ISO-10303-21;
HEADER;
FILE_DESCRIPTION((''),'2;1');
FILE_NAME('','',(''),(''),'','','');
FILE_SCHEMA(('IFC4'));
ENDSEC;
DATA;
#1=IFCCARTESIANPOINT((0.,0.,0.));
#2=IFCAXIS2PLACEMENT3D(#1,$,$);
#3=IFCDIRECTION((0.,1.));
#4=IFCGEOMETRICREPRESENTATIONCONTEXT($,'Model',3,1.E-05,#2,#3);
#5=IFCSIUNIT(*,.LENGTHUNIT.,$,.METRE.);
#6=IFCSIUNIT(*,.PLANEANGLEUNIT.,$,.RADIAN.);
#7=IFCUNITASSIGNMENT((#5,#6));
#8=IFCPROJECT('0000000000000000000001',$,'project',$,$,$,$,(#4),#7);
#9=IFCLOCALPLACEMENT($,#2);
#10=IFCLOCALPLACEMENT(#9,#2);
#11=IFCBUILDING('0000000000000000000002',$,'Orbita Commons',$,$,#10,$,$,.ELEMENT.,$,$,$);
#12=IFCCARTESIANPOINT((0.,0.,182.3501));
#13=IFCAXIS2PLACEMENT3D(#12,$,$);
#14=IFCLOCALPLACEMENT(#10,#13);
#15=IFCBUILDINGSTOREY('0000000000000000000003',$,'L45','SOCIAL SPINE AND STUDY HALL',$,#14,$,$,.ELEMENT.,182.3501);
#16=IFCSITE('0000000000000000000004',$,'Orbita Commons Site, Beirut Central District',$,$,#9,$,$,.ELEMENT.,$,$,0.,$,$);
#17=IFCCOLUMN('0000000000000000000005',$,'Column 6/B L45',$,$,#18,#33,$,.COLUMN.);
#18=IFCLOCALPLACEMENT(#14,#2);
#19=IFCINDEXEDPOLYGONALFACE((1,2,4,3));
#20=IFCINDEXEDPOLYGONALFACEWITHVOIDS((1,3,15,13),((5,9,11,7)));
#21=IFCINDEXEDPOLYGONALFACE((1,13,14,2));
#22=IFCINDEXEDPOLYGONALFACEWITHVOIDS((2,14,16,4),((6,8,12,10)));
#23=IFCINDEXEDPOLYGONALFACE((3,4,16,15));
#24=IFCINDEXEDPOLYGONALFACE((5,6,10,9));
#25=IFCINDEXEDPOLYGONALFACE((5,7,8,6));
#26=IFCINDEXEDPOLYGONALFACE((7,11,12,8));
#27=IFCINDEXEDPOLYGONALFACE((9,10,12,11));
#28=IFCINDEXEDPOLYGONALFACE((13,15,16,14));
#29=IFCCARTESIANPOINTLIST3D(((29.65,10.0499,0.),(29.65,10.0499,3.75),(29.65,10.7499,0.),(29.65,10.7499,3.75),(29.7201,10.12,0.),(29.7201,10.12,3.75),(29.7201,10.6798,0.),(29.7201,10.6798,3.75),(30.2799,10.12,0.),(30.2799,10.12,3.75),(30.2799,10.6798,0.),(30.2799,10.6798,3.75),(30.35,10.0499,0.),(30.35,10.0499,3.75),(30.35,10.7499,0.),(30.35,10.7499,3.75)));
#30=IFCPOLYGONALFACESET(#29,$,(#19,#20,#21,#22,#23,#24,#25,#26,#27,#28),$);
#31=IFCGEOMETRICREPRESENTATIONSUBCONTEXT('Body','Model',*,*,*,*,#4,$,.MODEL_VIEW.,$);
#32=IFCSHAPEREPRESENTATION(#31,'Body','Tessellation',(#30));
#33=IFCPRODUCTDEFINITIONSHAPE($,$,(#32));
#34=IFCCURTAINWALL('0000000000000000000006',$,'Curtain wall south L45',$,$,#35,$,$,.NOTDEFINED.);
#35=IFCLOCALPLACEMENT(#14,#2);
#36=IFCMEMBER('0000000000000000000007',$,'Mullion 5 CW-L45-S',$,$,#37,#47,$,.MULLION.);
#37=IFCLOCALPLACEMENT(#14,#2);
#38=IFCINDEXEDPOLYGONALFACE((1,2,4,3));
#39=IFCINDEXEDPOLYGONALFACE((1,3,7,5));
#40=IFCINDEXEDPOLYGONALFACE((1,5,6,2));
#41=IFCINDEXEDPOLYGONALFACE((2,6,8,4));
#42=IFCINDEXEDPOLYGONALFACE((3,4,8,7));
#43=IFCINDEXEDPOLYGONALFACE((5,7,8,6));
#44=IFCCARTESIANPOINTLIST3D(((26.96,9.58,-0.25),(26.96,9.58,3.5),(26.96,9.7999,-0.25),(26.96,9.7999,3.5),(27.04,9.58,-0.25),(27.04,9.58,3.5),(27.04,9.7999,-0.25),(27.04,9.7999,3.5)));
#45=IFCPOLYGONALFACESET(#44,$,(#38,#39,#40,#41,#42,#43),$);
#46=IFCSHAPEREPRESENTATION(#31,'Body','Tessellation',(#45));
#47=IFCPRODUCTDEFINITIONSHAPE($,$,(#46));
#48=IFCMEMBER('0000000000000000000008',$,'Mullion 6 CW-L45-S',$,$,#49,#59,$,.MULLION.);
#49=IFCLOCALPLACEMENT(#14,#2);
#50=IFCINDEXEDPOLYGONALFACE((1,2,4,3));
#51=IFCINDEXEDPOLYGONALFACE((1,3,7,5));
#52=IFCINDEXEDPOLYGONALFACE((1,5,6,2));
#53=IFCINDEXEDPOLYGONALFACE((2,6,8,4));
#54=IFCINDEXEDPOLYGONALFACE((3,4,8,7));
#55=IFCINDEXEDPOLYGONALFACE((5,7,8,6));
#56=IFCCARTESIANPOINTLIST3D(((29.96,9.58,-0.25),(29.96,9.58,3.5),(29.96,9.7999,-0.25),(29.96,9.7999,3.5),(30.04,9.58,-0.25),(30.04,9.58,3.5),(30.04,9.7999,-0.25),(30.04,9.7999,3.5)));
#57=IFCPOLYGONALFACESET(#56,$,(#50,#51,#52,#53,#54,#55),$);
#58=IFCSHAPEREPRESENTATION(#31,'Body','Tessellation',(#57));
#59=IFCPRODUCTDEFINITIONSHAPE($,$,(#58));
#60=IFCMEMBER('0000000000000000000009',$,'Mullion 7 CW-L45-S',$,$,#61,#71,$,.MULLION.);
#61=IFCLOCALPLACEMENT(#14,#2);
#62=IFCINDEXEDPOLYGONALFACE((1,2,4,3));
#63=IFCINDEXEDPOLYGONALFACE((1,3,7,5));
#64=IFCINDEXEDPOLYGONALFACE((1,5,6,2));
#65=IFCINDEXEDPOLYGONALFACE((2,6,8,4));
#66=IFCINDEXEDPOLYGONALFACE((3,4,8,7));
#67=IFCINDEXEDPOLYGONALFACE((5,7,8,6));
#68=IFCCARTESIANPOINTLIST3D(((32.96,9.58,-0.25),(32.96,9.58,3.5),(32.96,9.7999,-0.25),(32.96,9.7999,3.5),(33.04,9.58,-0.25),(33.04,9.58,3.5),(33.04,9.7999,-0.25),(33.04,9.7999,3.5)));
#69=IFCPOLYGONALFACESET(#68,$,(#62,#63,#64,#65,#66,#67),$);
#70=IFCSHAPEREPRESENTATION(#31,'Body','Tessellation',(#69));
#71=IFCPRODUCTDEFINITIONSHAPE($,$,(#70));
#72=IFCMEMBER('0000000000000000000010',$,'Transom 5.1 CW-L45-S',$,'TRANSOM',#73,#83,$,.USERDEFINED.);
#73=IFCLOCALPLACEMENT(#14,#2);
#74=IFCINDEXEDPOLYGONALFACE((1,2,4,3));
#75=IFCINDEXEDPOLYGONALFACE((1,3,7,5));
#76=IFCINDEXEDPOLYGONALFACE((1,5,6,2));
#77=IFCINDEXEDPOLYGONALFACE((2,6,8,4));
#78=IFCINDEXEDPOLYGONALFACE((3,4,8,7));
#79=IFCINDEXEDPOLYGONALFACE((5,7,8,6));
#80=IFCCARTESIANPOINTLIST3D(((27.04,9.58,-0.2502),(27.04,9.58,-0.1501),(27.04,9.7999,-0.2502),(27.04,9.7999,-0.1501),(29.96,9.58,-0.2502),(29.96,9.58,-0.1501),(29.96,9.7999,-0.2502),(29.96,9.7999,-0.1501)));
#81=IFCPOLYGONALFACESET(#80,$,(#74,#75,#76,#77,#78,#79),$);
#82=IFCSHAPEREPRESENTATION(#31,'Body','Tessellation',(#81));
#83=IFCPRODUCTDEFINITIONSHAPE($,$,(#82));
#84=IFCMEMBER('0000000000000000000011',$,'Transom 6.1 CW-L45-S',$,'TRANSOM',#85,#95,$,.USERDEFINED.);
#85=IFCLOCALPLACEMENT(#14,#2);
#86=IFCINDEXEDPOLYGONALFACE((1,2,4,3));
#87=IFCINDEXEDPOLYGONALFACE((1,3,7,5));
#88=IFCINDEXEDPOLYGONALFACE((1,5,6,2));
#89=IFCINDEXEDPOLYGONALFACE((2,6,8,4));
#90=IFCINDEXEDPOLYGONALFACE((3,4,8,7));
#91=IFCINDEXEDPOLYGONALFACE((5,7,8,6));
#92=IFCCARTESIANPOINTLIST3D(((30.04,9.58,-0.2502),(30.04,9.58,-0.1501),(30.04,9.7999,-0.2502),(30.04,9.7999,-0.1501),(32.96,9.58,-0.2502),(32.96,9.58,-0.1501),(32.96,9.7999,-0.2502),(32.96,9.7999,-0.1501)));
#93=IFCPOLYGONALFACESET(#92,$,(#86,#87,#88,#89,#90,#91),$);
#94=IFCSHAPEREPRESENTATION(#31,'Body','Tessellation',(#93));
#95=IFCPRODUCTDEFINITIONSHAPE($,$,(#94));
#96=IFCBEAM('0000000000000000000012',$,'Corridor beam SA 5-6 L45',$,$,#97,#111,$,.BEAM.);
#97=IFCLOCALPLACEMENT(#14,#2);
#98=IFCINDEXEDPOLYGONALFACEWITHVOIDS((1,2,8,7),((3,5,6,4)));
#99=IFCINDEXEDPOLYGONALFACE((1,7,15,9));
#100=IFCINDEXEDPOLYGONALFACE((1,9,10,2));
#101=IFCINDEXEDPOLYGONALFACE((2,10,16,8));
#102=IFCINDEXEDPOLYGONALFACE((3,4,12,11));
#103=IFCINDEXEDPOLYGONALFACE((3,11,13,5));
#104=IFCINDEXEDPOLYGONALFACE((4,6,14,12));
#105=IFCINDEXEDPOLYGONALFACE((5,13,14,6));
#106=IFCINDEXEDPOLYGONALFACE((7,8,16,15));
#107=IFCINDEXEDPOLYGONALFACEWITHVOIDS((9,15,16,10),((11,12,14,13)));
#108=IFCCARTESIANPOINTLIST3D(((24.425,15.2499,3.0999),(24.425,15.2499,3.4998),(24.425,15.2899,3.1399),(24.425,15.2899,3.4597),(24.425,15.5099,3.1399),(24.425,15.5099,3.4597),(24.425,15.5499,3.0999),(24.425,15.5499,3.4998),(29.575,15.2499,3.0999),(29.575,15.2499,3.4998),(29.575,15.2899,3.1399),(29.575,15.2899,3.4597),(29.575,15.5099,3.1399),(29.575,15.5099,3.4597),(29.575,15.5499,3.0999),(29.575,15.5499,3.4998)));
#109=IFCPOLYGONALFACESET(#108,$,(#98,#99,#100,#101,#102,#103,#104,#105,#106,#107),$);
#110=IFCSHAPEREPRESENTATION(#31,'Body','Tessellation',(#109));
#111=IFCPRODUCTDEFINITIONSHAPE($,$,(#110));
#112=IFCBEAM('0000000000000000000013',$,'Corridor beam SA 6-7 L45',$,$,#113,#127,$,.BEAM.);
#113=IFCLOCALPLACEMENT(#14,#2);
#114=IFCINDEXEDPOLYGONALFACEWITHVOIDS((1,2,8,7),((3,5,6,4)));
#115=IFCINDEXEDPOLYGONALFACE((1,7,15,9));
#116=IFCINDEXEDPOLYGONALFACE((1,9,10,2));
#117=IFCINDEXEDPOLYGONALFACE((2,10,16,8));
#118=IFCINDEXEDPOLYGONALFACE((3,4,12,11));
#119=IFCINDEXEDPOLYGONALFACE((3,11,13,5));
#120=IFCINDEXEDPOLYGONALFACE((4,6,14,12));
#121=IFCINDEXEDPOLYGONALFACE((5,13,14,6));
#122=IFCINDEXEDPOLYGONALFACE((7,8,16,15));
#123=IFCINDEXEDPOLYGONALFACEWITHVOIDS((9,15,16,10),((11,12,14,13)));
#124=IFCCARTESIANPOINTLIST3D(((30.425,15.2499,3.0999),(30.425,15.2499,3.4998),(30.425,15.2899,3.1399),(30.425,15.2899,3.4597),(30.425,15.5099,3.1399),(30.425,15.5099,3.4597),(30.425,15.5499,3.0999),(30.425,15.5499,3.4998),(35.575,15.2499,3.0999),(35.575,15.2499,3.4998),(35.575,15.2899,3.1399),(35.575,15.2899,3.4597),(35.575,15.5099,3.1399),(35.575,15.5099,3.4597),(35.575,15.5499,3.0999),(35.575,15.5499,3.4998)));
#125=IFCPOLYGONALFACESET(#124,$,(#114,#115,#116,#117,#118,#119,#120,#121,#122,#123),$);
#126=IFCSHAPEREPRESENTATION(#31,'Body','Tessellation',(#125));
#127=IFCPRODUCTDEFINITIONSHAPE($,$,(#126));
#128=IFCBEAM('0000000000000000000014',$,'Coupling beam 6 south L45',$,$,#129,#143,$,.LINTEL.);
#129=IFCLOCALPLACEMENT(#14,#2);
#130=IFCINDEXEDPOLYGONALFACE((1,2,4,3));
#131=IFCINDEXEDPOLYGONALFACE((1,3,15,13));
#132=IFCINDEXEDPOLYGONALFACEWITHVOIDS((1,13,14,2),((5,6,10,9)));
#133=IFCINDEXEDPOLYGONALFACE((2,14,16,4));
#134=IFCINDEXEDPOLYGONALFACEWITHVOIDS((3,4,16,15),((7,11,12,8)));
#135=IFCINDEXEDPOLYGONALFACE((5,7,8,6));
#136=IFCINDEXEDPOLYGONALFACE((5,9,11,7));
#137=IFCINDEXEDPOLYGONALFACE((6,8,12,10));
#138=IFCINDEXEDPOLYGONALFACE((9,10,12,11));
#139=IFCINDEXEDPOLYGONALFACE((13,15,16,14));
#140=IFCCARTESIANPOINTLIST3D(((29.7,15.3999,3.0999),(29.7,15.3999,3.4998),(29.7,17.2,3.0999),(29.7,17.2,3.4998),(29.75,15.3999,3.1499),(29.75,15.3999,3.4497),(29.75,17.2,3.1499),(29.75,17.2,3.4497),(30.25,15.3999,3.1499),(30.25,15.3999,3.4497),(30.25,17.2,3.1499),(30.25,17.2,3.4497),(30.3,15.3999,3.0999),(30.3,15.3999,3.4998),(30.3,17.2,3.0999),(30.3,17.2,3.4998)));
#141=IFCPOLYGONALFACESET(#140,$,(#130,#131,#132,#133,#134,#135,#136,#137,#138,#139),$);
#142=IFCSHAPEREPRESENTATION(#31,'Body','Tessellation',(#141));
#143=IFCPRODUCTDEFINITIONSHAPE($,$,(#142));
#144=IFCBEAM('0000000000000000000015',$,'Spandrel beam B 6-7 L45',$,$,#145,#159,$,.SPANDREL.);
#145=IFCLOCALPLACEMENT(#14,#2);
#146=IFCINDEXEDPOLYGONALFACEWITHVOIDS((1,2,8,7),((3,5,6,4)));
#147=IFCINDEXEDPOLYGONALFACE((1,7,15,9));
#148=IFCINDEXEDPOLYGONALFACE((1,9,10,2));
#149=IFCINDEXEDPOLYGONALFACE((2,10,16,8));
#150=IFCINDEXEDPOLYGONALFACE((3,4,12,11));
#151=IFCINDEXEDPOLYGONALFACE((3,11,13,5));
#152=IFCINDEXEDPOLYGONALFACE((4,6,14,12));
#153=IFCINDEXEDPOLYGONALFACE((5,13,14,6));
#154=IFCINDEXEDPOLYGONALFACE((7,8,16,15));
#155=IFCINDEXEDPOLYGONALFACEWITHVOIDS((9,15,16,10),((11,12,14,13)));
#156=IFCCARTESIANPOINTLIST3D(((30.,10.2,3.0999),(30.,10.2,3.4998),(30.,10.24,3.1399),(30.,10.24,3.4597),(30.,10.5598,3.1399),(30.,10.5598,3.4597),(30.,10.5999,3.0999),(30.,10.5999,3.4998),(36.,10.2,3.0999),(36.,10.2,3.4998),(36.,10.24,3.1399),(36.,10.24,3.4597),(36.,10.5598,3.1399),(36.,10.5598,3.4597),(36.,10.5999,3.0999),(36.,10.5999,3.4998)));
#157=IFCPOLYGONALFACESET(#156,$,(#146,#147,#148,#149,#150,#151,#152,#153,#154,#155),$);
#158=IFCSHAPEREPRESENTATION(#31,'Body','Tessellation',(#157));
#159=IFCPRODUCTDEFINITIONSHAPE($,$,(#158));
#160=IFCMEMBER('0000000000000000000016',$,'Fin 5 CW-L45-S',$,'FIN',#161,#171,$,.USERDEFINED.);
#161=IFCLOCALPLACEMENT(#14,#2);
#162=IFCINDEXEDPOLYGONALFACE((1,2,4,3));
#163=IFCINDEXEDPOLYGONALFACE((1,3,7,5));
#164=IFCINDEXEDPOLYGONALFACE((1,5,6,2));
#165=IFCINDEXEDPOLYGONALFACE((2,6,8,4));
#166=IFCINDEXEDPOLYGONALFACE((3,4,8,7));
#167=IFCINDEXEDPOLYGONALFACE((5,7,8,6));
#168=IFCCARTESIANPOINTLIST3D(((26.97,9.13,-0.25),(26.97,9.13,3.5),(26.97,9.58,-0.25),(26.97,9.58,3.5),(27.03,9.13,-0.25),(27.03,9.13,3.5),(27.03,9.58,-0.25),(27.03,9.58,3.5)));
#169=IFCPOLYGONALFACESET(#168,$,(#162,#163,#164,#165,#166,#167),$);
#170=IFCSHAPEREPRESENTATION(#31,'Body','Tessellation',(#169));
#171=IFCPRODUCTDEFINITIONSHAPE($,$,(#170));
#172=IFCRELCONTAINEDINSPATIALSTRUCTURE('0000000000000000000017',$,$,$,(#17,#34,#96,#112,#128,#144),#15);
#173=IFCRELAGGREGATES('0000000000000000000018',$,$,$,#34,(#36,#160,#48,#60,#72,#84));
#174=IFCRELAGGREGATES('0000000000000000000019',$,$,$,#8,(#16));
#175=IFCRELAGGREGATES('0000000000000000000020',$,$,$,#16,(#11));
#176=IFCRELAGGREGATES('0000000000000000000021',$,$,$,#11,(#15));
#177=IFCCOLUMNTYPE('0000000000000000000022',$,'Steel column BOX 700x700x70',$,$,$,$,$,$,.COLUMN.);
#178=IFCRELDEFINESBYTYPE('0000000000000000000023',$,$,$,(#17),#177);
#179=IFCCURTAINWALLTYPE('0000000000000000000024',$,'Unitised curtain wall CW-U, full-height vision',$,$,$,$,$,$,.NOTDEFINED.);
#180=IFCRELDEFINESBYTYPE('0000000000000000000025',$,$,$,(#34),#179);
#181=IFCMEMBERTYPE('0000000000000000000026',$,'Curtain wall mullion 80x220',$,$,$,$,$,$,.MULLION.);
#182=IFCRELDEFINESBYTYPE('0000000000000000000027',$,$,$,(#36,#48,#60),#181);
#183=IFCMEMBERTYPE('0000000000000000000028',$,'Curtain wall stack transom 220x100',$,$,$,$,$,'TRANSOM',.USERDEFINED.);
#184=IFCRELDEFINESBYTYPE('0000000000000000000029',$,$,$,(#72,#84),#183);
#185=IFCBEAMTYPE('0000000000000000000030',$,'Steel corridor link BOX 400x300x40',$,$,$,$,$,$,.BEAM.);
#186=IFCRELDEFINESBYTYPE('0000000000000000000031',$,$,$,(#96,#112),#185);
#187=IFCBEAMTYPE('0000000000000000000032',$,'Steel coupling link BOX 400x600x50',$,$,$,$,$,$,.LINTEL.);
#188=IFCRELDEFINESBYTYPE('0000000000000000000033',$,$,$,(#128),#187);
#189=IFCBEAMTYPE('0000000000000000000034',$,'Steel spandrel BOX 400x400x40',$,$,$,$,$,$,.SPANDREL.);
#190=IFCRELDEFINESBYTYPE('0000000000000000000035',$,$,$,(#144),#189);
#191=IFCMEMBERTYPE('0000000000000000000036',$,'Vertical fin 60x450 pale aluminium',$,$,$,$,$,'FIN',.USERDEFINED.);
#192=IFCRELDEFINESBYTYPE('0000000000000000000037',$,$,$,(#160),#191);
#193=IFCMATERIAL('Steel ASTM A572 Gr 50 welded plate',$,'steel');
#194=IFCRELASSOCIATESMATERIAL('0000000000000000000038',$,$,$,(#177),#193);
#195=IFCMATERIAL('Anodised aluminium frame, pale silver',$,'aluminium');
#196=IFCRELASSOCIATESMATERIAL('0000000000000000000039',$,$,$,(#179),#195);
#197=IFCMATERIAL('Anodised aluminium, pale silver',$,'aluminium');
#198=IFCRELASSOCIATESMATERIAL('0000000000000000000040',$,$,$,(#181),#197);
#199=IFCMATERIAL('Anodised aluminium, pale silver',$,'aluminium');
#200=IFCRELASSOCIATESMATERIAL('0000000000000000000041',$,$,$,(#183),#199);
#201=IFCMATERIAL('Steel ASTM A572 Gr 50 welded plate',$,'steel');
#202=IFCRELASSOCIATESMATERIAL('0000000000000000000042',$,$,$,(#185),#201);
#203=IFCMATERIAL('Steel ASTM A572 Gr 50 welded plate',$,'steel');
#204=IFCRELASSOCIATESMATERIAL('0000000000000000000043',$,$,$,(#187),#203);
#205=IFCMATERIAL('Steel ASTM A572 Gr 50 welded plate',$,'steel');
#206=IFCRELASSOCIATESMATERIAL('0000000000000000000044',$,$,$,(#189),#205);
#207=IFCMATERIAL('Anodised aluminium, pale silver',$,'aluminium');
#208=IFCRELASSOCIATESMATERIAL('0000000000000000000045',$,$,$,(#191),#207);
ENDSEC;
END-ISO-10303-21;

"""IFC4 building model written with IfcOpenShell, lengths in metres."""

from ifc_helpers import new_model, si_unit, direction, frame, origin, origin_2d, place, context, subcontext, project, spatial, rectangle, hollow_rectangle, extrude, material, material_profile, profile_set, type_object, element, aggregate, save


model = new_model("IFC4")

# Units and contexts
model_context = context("Model", 3, precision=1e-05, world=origin(), true_north=direction((0.0, 1.0)))
body_context = subcontext(model_context, "Body", "Model", "MODEL_VIEW")
ifc_project = project(units=[si_unit("LENGTHUNIT", "METRE"), si_unit("PLANEANGLEUNIT", "RADIAN")], contexts=[model_context])

# Site, building, storey
site_placement = place(None, origin())
site = spatial("IfcSite", under=ifc_project, at=site_placement, Name="Orbita Commons Site, Beirut Central District", CompositionType="ELEMENT", RefElevation=0.0)
building_placement = place(site_placement, origin())
building = spatial("IfcBuilding", under=site, at=building_placement, Name="Orbita Commons", CompositionType="ELEMENT")
storey_placement = place(building_placement, frame((0.0, 0.0, 182.3501)))
storey = spatial("IfcBuildingStorey", under=building, at=storey_placement, Name="L45", Description="SOCIAL SPINE AND STUDY HALL", CompositionType="ELEMENT", Elevation=182.3501)

# Column
ifc_material_1 = material(Name="Steel ASTM A572 Gr 50 welded plate", Category="steel")
ifc_material_profile_1 = material_profile(ifc_material_1, hollow_rectangle(XDim=0.7, YDim=0.7, WallThickness=0.0701, at=origin_2d()), Name="BOX 700x700x70")
ifc_profile_set_1 = profile_set([ifc_material_profile_1], Name="Steel ASTM A572 Gr 50 welded plate")
column_type = type_object("IfcColumnType", Name="Steel column BOX 700x700x70", PredefinedType="COLUMN", material=ifc_profile_set_1)
column_placement = place(storey_placement, frame((30.0, 10.3999, 0.0), z_axis=(0.0, 0.0, 1.0), x_axis=(1.0, 0.0, 0.0)))
element("IfcColumn", 1, at=column_placement, inside=storey, type_object=column_type, Name="Column 6/B L45", PredefinedType="COLUMN", context=body_context, shape_type="SweptSolid", body=[
    extrude(hollow_rectangle(XDim=0.7, YDim=0.7, WallThickness=0.0701, at=origin_2d()), origin(), (0.0, 0.0, 1.0), 3.75),
])

# Curtain wall, members
ifc_material_2 = material(Name="Anodised aluminium frame, pale silver", Category="aluminium")
curtain_wall_type = type_object("IfcCurtainWallType", Name="Unitised curtain wall CW-U, full-height vision", PredefinedType="NOTDEFINED", material=ifc_material_2)
curtain_wall_placement = place(storey_placement, origin())
curtain_wall = element("IfcCurtainWall", 2, at=curtain_wall_placement, inside=storey, type_object=curtain_wall_type, Name="Curtain wall south L45", PredefinedType="NOTDEFINED")
ifc_material_3 = material(Name="Anodised aluminium, pale silver", Category="aluminium")
ifc_material_profile_2 = material_profile(ifc_material_3, rectangle(XDim=0.0801, YDim=0.22, at=origin_2d()), Name="AL 80x220")
ifc_profile_set_2 = profile_set([ifc_material_profile_2], Name="Anodised aluminium, pale silver")
member_type_1 = type_object("IfcMemberType", Name="Curtain wall mullion 80x220", PredefinedType="MULLION", material=ifc_profile_set_2)
member_1_placement = place(storey_placement, frame((27.0, 9.6899, -0.25), z_axis=(0.0, 0.0, 1.0), x_axis=(1.0, 0.0, 0.0)))
member_1 = element("IfcMember", 3, at=member_1_placement, type_object=member_type_1, Name="Mullion 5 CW-L45-S", PredefinedType="MULLION", context=body_context, shape_type="SweptSolid", body=[
    extrude(rectangle(XDim=0.0801, YDim=0.22, at=origin_2d()), origin(), (0.0, 0.0, 1.0), 3.75),
])
member_2_placement = place(storey_placement, frame((30.0, 9.6899, -0.25), z_axis=(0.0, 0.0, 1.0), x_axis=(1.0, 0.0, 0.0)))
member_2 = element("IfcMember", 4, at=member_2_placement, type_object=member_type_1, Name="Mullion 6 CW-L45-S", PredefinedType="MULLION", context=body_context, shape_type="SweptSolid", body=[
    extrude(rectangle(XDim=0.0801, YDim=0.22, at=origin_2d()), origin(), (0.0, 0.0, 1.0), 3.75),
])
member_3_placement = place(storey_placement, frame((33.0, 9.6899, -0.25), z_axis=(0.0, 0.0, 1.0), x_axis=(1.0, 0.0, 0.0)))
member_3 = element("IfcMember", 5, at=member_3_placement, type_object=member_type_1, Name="Mullion 7 CW-L45-S", PredefinedType="MULLION", context=body_context, shape_type="SweptSolid", body=[
    extrude(rectangle(XDim=0.0801, YDim=0.22, at=origin_2d()), origin(), (0.0, 0.0, 1.0), 3.75),
])
ifc_material_4 = material(Name="Anodised aluminium, pale silver", Category="aluminium")
ifc_material_profile_3 = material_profile(ifc_material_4, rectangle(XDim=0.22, YDim=0.1001, at=origin_2d()), Name="AL 220x100")
ifc_profile_set_3 = profile_set([ifc_material_profile_3], Name="Anodised aluminium, pale silver")
member_type_2 = type_object("IfcMemberType", Name="Curtain wall stack transom 220x100", ElementType="TRANSOM", PredefinedType="USERDEFINED", material=ifc_profile_set_3)
member_4_placement = place(storey_placement, frame((27.04, 9.6899, -0.2002), z_axis=(1.0, 0.0, 0.0), x_axis=(0.0, 1.0, 0.0)))
member_4 = element("IfcMember", 6, at=member_4_placement, type_object=member_type_2, Name="Transom 5.1 CW-L45-S", ObjectType="TRANSOM", PredefinedType="USERDEFINED", context=body_context, shape_type="SweptSolid", body=[
    extrude(rectangle(XDim=0.22, YDim=0.1001, at=origin_2d()), origin(), (0.0, 0.0, 1.0), 2.9199),
])
member_5_placement = place(storey_placement, frame((30.04, 9.6899, -0.2002), z_axis=(1.0, 0.0, 0.0), x_axis=(0.0, 1.0, 0.0)))
member_5 = element("IfcMember", 7, at=member_5_placement, type_object=member_type_2, Name="Transom 6.1 CW-L45-S", ObjectType="TRANSOM", PredefinedType="USERDEFINED", context=body_context, shape_type="SweptSolid", body=[
    extrude(rectangle(XDim=0.22, YDim=0.1001, at=origin_2d()), origin(), (0.0, 0.0, 1.0), 2.9199),
])

# Beams
ifc_material_5 = material(Name="Steel ASTM A572 Gr 50 welded plate", Category="steel")
ifc_material_profile_4 = material_profile(ifc_material_5, hollow_rectangle(XDim=0.3, YDim=0.3999, WallThickness=0.04, at=origin_2d()), Name="BOX 400x300x40")
ifc_profile_set_4 = profile_set([ifc_material_profile_4], Name="Steel ASTM A572 Gr 50 welded plate")
beam_type_1 = type_object("IfcBeamType", Name="Steel corridor link BOX 400x300x40", PredefinedType="BEAM", material=ifc_profile_set_4)
for number, where, z_axis, x_axis, name in (
    (8, (24.425, 15.3999, 3.2998), (1.0, 0.0, 0.0), (0.0, 1.0, 0.0), "Corridor beam SA 5-6 L45"),
    (9, (30.425, 15.3999, 3.2998), (1.0, 0.0, 0.0), (0.0, 1.0, 0.0), "Corridor beam SA 6-7 L45"),
):
    element("IfcBeam", number, at=place(storey_placement, frame(where, z_axis=z_axis, x_axis=x_axis)), inside=storey, type_object=beam_type_1, Name=name, PredefinedType="BEAM", context=body_context, shape_type="SweptSolid", body=[
        extrude(hollow_rectangle(XDim=0.3, YDim=0.3999, WallThickness=0.04, at=origin_2d()), origin(), (0.0, 0.0, 1.0), 5.1499),
    ])
ifc_material_6 = material(Name="Steel ASTM A572 Gr 50 welded plate", Category="steel")
ifc_material_profile_5 = material_profile(ifc_material_6, hollow_rectangle(XDim=0.6001, YDim=0.3999, WallThickness=0.05, at=origin_2d()), Name="BOX 400x600x50")
ifc_profile_set_5 = profile_set([ifc_material_profile_5], Name="Steel ASTM A572 Gr 50 welded plate")
beam_type_2 = type_object("IfcBeamType", Name="Steel coupling link BOX 400x600x50", PredefinedType="LINTEL", material=ifc_profile_set_5)
beam_1_placement = place(storey_placement, frame((30.0, 15.3999, 3.2998), z_axis=(0.0, 1.0, 0.0), x_axis=(-1.0, 0.0, 0.0)))
element("IfcBeam", 10, at=beam_1_placement, inside=storey, type_object=beam_type_2, Name="Coupling beam 6 south L45", PredefinedType="LINTEL", context=body_context, shape_type="SweptSolid", body=[
    extrude(hollow_rectangle(XDim=0.6001, YDim=0.3999, WallThickness=0.05, at=origin_2d()), origin(), (0.0, 0.0, 1.0), 1.8),
])
ifc_material_7 = material(Name="Steel ASTM A572 Gr 50 welded plate", Category="steel")
ifc_material_profile_6 = material_profile(ifc_material_7, hollow_rectangle(XDim=0.3999, YDim=0.3999, WallThickness=0.04, at=origin_2d()), Name="BOX 400x400x40")
ifc_profile_set_6 = profile_set([ifc_material_profile_6], Name="Steel ASTM A572 Gr 50 welded plate")
beam_type_3 = type_object("IfcBeamType", Name="Steel spandrel BOX 400x400x40", PredefinedType="SPANDREL", material=ifc_profile_set_6)
beam_2_placement = place(storey_placement, frame((30.0, 10.3999, 3.2998), z_axis=(1.0, 0.0, 0.0), x_axis=(0.0, 1.0, 0.0)))
element("IfcBeam", 11, at=beam_2_placement, inside=storey, type_object=beam_type_3, Name="Spandrel beam B 6-7 L45", PredefinedType="SPANDREL", context=body_context, shape_type="SweptSolid", body=[
    extrude(hollow_rectangle(XDim=0.3999, YDim=0.3999, WallThickness=0.04, at=origin_2d()), origin(), (0.0, 0.0, 1.0), 6.0),
])

# Member
ifc_material_8 = material(Name="Anodised aluminium, pale silver", Category="aluminium")
ifc_material_profile_7 = material_profile(ifc_material_8, rectangle(XDim=0.0601, YDim=0.45, at=origin_2d()), Name="FIN 60x450")
ifc_profile_set_7 = profile_set([ifc_material_profile_7], Name="Anodised aluminium, pale silver")
member_type_3 = type_object("IfcMemberType", Name="Vertical fin 60x450 pale aluminium", ElementType="FIN", PredefinedType="USERDEFINED", material=ifc_profile_set_7)
member_6_placement = place(storey_placement, frame((27.0, 9.355, -0.25), z_axis=(0.0, 0.0, 1.0), x_axis=(1.0, 0.0, 0.0)))
member_6 = element("IfcMember", 12, at=member_6_placement, type_object=member_type_3, Name="Fin 5 CW-L45-S", ObjectType="FIN", PredefinedType="USERDEFINED", context=body_context, shape_type="SweptSolid", body=[
    extrude(rectangle(XDim=0.0601, YDim=0.45, at=origin_2d()), origin(), (0.0, 0.0, 1.0), 3.75),
])

aggregate(curtain_wall, [member_1, member_6, member_2, member_3, member_4, member_5])

save(model, "model.ifc")
